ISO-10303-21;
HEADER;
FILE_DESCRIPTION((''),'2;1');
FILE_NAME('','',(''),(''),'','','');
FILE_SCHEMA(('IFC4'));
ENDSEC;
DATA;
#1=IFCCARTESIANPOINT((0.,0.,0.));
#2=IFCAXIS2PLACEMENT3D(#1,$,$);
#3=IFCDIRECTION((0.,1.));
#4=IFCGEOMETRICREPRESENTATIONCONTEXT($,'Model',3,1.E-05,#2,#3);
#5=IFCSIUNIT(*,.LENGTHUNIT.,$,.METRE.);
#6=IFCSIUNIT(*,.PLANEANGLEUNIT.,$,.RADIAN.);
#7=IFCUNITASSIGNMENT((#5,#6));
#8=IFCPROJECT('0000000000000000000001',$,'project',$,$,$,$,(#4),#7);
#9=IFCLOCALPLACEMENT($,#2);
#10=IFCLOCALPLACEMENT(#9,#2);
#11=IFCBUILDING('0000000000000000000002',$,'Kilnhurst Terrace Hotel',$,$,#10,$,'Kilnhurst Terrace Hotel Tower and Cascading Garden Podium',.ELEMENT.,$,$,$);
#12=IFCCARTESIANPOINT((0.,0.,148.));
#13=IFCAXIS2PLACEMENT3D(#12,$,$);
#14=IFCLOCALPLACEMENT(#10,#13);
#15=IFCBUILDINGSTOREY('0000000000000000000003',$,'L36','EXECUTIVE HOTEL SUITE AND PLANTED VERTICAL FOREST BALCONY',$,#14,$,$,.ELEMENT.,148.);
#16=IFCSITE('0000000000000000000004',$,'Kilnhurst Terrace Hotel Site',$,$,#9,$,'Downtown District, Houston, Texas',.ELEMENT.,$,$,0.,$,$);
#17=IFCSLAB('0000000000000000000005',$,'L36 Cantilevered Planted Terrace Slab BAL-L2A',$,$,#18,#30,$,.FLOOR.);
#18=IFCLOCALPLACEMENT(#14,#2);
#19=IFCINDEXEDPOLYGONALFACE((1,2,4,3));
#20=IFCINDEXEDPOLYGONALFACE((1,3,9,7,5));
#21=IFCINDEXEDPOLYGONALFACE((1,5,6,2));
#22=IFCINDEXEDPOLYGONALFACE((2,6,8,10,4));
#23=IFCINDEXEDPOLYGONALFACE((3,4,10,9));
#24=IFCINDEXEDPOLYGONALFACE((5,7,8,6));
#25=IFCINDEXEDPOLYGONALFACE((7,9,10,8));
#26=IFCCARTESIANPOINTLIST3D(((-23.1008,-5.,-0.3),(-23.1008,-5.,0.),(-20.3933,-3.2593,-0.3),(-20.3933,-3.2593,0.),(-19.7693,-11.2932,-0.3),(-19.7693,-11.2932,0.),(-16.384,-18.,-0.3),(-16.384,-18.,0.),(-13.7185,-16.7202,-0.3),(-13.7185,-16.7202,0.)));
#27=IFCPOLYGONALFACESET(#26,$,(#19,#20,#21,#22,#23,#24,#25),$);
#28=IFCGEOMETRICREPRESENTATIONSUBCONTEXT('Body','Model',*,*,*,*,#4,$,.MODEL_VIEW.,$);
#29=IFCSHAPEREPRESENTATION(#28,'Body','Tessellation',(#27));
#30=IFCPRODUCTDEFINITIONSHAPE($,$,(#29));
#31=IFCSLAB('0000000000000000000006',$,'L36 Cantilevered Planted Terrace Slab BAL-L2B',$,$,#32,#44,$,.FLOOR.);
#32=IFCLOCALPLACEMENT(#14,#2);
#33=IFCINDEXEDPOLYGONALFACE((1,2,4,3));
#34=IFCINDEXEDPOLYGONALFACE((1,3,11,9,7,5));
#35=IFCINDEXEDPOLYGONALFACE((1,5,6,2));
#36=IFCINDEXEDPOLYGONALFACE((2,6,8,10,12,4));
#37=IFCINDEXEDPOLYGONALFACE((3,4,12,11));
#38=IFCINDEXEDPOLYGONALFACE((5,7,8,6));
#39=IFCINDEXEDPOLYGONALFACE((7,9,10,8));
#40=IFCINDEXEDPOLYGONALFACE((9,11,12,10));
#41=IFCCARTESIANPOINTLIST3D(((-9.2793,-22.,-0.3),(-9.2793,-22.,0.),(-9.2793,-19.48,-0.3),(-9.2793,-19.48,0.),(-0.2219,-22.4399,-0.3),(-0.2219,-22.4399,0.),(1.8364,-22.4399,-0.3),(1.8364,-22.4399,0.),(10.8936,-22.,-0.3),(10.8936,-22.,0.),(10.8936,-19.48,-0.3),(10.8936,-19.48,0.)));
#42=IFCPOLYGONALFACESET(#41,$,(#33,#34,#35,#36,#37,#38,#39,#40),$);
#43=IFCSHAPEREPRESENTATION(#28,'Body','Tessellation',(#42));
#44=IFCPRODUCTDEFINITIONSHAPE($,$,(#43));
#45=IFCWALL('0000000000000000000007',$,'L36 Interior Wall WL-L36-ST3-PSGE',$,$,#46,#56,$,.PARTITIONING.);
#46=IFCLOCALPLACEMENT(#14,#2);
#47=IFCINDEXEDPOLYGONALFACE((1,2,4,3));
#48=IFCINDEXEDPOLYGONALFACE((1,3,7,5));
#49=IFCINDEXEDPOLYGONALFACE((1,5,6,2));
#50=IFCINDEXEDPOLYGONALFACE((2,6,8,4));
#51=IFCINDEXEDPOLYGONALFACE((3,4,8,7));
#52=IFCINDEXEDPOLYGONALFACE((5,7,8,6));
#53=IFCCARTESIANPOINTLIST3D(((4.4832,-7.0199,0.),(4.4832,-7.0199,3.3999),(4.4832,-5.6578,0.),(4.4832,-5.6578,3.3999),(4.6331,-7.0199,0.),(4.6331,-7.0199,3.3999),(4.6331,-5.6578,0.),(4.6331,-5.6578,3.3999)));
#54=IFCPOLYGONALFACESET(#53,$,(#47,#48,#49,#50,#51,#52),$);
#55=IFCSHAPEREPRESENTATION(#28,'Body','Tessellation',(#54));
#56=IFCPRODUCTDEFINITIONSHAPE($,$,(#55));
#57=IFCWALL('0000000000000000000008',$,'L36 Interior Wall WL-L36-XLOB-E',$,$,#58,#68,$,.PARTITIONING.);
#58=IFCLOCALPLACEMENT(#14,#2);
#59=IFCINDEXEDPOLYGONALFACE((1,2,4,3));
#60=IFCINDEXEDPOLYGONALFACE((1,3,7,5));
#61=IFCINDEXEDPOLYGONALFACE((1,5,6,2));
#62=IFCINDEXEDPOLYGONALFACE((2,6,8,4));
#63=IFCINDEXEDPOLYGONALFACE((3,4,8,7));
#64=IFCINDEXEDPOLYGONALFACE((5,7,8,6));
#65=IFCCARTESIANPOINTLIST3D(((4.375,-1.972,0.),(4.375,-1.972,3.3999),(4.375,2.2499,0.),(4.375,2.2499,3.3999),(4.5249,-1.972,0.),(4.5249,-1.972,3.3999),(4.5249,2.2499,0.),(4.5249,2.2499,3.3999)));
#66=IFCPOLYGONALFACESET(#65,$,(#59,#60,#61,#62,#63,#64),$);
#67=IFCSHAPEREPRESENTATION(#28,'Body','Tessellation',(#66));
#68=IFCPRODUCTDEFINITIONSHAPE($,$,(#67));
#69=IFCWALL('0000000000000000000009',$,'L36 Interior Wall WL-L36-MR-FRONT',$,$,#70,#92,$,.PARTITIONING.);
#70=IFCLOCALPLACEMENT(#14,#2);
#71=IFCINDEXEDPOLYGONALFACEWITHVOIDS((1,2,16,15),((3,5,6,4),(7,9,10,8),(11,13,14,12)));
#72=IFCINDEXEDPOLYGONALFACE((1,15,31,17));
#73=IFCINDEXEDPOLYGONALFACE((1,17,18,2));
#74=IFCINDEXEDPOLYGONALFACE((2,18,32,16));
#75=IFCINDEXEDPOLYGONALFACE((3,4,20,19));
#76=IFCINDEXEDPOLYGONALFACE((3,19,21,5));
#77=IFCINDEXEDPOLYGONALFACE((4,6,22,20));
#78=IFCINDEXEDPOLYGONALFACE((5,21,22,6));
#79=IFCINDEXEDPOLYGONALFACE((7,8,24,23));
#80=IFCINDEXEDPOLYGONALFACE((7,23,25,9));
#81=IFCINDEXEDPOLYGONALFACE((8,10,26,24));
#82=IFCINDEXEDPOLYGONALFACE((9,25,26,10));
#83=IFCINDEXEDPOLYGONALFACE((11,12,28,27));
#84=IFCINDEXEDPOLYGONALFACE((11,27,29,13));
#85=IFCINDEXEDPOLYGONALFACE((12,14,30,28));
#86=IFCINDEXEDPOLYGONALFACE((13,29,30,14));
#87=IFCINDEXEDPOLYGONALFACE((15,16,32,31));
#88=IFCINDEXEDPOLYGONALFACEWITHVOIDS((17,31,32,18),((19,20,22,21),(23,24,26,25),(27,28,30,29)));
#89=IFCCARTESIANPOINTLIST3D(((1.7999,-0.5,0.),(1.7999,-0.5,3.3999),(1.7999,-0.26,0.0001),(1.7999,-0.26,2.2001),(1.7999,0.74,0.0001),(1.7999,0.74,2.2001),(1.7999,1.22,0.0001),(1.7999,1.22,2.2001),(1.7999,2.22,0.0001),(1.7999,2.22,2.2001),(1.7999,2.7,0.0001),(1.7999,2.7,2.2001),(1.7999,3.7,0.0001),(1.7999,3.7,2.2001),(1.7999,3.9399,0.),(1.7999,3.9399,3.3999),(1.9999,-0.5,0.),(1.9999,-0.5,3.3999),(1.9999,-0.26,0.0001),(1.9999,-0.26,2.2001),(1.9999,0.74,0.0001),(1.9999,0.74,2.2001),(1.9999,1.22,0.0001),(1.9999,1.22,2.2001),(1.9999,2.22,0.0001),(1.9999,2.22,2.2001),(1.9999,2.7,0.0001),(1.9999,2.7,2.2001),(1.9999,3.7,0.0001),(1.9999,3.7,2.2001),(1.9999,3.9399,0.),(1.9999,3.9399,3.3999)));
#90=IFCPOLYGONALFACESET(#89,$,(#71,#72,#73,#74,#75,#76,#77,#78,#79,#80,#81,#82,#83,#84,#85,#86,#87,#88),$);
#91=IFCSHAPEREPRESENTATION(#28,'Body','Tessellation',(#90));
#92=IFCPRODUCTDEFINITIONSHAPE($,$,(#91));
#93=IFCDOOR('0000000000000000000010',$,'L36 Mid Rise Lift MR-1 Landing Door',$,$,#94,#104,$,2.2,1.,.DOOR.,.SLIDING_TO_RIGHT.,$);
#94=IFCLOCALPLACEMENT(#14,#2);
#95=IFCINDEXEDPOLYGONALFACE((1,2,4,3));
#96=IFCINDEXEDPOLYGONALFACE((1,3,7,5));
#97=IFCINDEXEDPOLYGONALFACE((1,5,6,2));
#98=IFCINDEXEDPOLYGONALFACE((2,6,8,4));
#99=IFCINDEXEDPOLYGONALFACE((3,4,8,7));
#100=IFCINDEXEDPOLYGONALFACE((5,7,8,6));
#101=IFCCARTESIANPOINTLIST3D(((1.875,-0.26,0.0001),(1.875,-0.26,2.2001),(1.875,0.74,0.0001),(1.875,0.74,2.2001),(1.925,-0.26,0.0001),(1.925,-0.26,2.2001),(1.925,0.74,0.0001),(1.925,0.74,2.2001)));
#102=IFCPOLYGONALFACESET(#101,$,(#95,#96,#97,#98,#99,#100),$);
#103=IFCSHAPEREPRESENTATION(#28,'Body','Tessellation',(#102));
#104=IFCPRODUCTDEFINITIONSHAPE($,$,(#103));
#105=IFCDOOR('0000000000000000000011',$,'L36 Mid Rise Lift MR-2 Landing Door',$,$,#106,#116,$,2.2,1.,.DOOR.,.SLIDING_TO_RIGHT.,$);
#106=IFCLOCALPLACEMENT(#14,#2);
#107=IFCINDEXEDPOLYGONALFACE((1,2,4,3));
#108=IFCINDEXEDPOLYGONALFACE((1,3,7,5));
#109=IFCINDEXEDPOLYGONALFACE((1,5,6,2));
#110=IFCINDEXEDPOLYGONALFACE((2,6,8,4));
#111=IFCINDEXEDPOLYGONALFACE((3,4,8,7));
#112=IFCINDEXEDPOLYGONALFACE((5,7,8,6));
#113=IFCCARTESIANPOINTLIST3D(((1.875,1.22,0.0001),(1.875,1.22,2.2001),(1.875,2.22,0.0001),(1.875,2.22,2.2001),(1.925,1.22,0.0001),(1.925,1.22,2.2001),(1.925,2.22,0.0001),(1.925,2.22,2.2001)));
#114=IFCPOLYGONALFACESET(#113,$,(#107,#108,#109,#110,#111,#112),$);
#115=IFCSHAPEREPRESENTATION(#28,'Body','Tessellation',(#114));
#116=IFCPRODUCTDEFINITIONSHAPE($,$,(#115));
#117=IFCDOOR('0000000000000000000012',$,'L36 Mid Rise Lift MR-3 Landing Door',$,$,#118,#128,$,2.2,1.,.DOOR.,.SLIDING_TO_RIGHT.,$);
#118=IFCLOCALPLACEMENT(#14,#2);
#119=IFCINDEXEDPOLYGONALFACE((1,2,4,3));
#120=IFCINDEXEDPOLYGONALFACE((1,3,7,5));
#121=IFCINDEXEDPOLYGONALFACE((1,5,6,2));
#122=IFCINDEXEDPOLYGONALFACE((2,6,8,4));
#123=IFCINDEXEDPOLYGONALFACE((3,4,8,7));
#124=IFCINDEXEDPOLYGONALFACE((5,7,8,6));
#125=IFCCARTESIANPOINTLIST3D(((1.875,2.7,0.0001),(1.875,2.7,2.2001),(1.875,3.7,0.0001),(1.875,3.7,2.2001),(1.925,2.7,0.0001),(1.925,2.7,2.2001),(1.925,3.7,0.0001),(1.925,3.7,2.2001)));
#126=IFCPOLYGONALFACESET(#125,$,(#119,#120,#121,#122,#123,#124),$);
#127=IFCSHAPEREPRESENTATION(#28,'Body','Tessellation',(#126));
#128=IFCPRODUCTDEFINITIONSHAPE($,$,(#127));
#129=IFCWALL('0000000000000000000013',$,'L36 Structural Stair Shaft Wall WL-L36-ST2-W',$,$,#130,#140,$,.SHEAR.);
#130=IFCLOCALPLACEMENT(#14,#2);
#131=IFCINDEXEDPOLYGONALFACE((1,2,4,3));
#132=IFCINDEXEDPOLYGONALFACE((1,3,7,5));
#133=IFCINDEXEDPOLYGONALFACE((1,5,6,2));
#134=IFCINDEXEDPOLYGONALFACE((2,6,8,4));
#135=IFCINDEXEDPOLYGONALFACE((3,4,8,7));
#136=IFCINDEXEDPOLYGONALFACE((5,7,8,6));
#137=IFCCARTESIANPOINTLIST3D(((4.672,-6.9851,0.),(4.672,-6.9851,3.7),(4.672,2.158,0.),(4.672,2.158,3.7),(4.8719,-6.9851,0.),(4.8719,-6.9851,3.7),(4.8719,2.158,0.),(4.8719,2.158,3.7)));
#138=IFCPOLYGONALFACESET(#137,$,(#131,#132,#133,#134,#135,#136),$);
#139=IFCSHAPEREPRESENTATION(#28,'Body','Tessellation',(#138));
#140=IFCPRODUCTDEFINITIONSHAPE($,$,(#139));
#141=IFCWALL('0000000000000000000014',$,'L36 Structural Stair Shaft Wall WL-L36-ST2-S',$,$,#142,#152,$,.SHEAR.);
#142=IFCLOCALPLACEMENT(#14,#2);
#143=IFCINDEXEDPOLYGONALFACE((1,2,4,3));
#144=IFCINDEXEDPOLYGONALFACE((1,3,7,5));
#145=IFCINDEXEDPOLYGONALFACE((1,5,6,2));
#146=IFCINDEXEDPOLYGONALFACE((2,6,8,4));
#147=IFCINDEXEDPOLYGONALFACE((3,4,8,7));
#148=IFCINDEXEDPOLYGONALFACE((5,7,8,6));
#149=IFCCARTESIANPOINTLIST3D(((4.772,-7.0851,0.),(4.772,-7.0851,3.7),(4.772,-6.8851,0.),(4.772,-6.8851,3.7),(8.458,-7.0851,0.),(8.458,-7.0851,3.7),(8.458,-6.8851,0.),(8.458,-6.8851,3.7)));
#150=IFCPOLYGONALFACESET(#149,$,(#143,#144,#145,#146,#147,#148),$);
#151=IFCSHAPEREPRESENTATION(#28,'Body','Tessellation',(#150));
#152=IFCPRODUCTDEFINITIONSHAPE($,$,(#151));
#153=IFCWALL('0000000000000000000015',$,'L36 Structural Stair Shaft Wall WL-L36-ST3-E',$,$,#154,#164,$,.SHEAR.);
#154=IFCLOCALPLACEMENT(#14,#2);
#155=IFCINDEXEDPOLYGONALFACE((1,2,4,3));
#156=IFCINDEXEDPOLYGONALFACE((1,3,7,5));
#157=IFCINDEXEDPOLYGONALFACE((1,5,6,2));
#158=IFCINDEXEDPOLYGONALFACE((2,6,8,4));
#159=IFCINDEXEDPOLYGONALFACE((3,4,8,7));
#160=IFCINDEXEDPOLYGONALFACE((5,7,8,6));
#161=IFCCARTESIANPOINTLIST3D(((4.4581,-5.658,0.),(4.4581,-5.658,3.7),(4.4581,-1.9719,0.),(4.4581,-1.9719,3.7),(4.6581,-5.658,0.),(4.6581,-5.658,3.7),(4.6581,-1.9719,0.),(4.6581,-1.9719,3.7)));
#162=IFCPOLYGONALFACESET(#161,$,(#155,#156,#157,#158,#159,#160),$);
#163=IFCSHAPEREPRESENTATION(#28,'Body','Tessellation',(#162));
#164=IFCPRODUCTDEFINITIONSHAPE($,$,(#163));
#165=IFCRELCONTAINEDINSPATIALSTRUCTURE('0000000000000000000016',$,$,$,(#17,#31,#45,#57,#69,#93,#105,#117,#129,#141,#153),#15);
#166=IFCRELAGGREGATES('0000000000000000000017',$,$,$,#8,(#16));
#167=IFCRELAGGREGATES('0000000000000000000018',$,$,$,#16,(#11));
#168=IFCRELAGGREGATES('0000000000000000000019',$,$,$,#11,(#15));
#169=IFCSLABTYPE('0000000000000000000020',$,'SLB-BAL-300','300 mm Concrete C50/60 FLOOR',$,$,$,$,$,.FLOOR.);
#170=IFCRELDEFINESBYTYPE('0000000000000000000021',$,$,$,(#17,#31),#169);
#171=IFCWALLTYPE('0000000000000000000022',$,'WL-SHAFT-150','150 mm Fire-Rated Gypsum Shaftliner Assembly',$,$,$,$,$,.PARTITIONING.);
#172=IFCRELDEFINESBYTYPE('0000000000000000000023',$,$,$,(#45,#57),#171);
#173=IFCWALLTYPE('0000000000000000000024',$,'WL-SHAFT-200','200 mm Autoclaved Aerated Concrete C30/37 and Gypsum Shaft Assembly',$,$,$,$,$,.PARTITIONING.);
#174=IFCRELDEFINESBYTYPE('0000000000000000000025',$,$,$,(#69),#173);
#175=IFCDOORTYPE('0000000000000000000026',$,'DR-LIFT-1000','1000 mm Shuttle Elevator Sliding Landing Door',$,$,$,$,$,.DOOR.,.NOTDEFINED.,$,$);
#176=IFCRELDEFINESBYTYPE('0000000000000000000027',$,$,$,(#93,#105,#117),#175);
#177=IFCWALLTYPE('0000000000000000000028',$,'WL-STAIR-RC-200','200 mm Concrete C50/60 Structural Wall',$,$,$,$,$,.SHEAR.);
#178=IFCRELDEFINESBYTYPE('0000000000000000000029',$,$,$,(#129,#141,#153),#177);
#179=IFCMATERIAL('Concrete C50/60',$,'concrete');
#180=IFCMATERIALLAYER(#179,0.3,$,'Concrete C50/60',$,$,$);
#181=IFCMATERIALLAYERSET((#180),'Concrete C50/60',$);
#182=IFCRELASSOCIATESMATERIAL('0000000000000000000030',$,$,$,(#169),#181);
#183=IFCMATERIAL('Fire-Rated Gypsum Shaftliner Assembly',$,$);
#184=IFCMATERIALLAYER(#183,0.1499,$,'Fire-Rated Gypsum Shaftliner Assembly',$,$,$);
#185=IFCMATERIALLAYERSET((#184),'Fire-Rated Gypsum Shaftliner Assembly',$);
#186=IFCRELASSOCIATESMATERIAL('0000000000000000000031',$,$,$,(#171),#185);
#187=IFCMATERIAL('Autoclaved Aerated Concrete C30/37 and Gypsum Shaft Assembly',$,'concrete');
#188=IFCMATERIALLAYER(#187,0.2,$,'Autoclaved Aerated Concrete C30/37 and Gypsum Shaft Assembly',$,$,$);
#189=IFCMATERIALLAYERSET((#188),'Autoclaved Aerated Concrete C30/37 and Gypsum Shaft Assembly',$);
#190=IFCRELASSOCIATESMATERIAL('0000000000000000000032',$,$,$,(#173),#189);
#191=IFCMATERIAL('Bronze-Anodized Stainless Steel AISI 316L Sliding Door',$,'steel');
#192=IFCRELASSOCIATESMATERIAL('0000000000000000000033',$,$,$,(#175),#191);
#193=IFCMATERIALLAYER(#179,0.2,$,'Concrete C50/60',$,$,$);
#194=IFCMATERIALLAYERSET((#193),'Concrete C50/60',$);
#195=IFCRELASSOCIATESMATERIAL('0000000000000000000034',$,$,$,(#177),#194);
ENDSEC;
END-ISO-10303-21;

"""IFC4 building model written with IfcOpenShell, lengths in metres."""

from ifc_helpers import new_model, si_unit, direction, frame, frame_2d, origin, place, context, subcontext, project, spatial, polyline, rectangle, outline, extrude, material, layer, layer_set, type_object, element, fill, save


model = new_model("IFC4")

# Units and contexts
model_context = context("Model", 3, precision=1e-05, world=origin(), true_north=direction((0.0, 1.0)))
body_context = subcontext(model_context, "Body", "Model", "MODEL_VIEW")
ifc_project = project(units=[si_unit("LENGTHUNIT", "METRE"), si_unit("PLANEANGLEUNIT", "RADIAN")], contexts=[model_context])

# Site, building, storey
site_placement = place(None, origin())
site = spatial("IfcSite", under=ifc_project, at=site_placement, Name="Kilnhurst Terrace Hotel Site", LongName="Downtown District, Houston, Texas", CompositionType="ELEMENT", RefElevation=0.0)
building_placement = place(site_placement, origin())
building = spatial("IfcBuilding", under=site, at=building_placement, Name="Kilnhurst Terrace Hotel", LongName="Kilnhurst Terrace Hotel Tower and Cascading Garden Podium", CompositionType="ELEMENT")
storey_placement = place(building_placement, frame((0.0, 0.0, 148.0)))
storey = spatial("IfcBuildingStorey", under=building, at=storey_placement, Name="L36", Description="EXECUTIVE HOTEL SUITE AND PLANTED VERTICAL FOREST BALCONY", CompositionType="ELEMENT", Elevation=148.0)

# Slabs
ifc_material_1 = material(Name="Concrete C50/60", Category="concrete")
ifc_layer_1 = layer(ifc_material_1, 0.3, Name="Concrete C50/60")
ifc_layer_set_1 = layer_set([ifc_layer_1], Name="Concrete C50/60")
slab_type = type_object("IfcSlabType", Name="SLB-BAL-300", Description="300 mm Concrete C50/60 FLOOR", PredefinedType="FLOOR", material=ifc_layer_set_1)
slab_1_placement = place(storey_placement, frame((0.0, 0.0, -0.3)))
element("IfcSlab", 1, at=slab_1_placement, inside=storey, type_object=slab_type, Name="L36 Cantilevered Planted Terrace Slab BAL-L2A", PredefinedType="FLOOR", context=body_context, shape_type="SweptSolid", body=[
    extrude(outline(polyline([(-23.1008, -5.0), (-20.3933, -3.2593), (-13.7185, -16.7202), (-16.384, -18.0), (-19.7693, -11.2932), (-23.1008, -5.0)])), origin(), (0.0, 0.0, 1.0), 0.3),
])
slab_2_placement = place(storey_placement, frame((0.0, 0.0, -0.3)))
element("IfcSlab", 2, at=slab_2_placement, inside=storey, type_object=slab_type, Name="L36 Cantilevered Planted Terrace Slab BAL-L2B", PredefinedType="FLOOR", context=body_context, shape_type="SweptSolid", body=[
    extrude(outline(polyline([(-0.2219, -22.4399), (-9.2793, -22.0), (-9.2793, -19.48), (10.8936, -19.48), (10.8936, -22.0), (1.8364, -22.4399), (-0.2219, -22.4399)])), origin(), (0.0, 0.0, 1.0), 0.3),
])

# Walls
ifc_material_2 = material(Name="Fire-Rated Gypsum Shaftliner Assembly")
ifc_layer_2 = layer(ifc_material_2, 0.1499, Name="Fire-Rated Gypsum Shaftliner Assembly")
ifc_layer_set_2 = layer_set([ifc_layer_2], Name="Fire-Rated Gypsum Shaftliner Assembly")
wall_type_1 = type_object("IfcWallType", Name="WL-SHAFT-150", Description="150 mm Fire-Rated Gypsum Shaftliner Assembly", PredefinedType="PARTITIONING", material=ifc_layer_set_2)
wall_1_placement = place(storey_placement, frame((4.5581, -7.02, 0.0), z_axis=(0.0, 0.0, 1.0), x_axis=(0.0, 1.0, 0.0)))
element("IfcWall", 3, at=wall_1_placement, inside=storey, type_object=wall_type_1, Name="L36 Interior Wall WL-L36-ST3-PSGE", PredefinedType="PARTITIONING", context=body_context, shape_type="SweptSolid", body=[
    extrude(rectangle(XDim=1.3621, YDim=0.1499, at=frame_2d((0.6812, 0.0))), origin(), (0.0, 0.0, 1.0), 3.3999),
])
wall_2_placement = place(storey_placement, frame((4.45, -1.9719, 0.0), z_axis=(0.0, 0.0, 1.0), x_axis=(0.0, 1.0, 0.0)))
element("IfcWall", 4, at=wall_2_placement, inside=storey, type_object=wall_type_1, Name="L36 Interior Wall WL-L36-XLOB-E", PredefinedType="PARTITIONING", context=body_context, shape_type="SweptSolid", body=[
    extrude(rectangle(XDim=4.2219, YDim=0.1499, at=frame_2d((2.1108, 0.0))), origin(), (0.0, 0.0, 1.0), 3.3999),
])

# Wall, openings, doors
ifc_material_3 = material(Name="Autoclaved Aerated Concrete C30/37 and Gypsum Shaft Assembly", Category="concrete")
ifc_layer_3 = layer(ifc_material_3, 0.2, Name="Autoclaved Aerated Concrete C30/37 and Gypsum Shaft Assembly")
ifc_layer_set_3 = layer_set([ifc_layer_3], Name="Autoclaved Aerated Concrete C30/37 and Gypsum Shaft Assembly")
wall_type_2 = type_object("IfcWallType", Name="WL-SHAFT-200", Description="200 mm Autoclaved Aerated Concrete C30/37 and Gypsum Shaft Assembly", PredefinedType="PARTITIONING", material=ifc_layer_set_3)
wall_3_placement = place(storey_placement, frame((1.8999, -0.5, 0.0), z_axis=(0.0, 0.0, 1.0), x_axis=(0.0, 1.0, 0.0)))
wall_3 = element("IfcWall", 5, at=wall_3_placement, inside=storey, type_object=wall_type_2, Name="L36 Interior Wall WL-L36-MR-FRONT", PredefinedType="PARTITIONING", context=body_context, shape_type="SweptSolid", body=[
    extrude(rectangle(XDim=4.4399, YDim=0.2, at=frame_2d((2.22, 0.0))), origin(), (0.0, 0.0, 1.0), 3.3999),
])
opening_1_placement = place(wall_3_placement, frame((0.24, 0.0, 0.0)))
opening_1 = element("IfcOpeningElement", 6, at=opening_1_placement, cuts=wall_3, PredefinedType="OPENING", context=body_context, shape_type="SweptSolid", body=[
    extrude(rectangle(XDim=1.0, YDim=2.2, at=frame_2d((0.5, 1.1001))), frame((0.0, 0.1099, 0.0), z_axis=(0.0, -1.0, 0.0), x_axis=(1.0, 0.0, 0.0)), (0.0, 0.0, 1.0), 0.22),
])
opening_2_placement = place(wall_3_placement, frame((1.72, 0.0, 0.0)))
opening_2 = element("IfcOpeningElement", 7, at=opening_2_placement, cuts=wall_3, PredefinedType="OPENING", context=body_context, shape_type="SweptSolid", body=[
    extrude(rectangle(XDim=1.0, YDim=2.2, at=frame_2d((0.5, 1.1001))), frame((0.0, 0.1099, 0.0), z_axis=(0.0, -1.0, 0.0), x_axis=(1.0, 0.0, 0.0)), (0.0, 0.0, 1.0), 0.22),
])
opening_3_placement = place(wall_3_placement, frame((3.2, 0.0, 0.0)))
opening_3 = element("IfcOpeningElement", 8, at=opening_3_placement, cuts=wall_3, PredefinedType="OPENING", context=body_context, shape_type="SweptSolid", body=[
    extrude(rectangle(XDim=1.0, YDim=2.2, at=frame_2d((0.5, 1.1001))), frame((0.0, 0.1099, 0.0), z_axis=(0.0, -1.0, 0.0), x_axis=(1.0, 0.0, 0.0)), (0.0, 0.0, 1.0), 0.22),
])
ifc_material_4 = material(Name="Bronze-Anodized Stainless Steel AISI 316L Sliding Door", Category="steel")
door_type = type_object("IfcDoorType", Name="DR-LIFT-1000", Description="1000 mm Shuttle Elevator Sliding Landing Door", OperationType="NOTDEFINED", PredefinedType="DOOR", material=ifc_material_4)
door_1_placement = place(opening_1_placement, origin())
door_1 = element("IfcDoor", 9, at=door_1_placement, inside=storey, type_object=door_type, Name="L36 Mid Rise Lift MR-1 Landing Door", OperationType="SLIDING_TO_RIGHT", OverallHeight=2.2, OverallWidth=1.0, PredefinedType="DOOR", context=body_context, shape_type="SweptSolid", body=[
    extrude(rectangle(XDim=1.0, YDim=2.2, at=frame_2d((0.5, 1.1001))), frame((0.0, 0.0249, 0.0), z_axis=(0.0, -1.0, 0.0), x_axis=(1.0, 0.0, 0.0)), (0.0, 0.0, 1.0), 0.05),
])
fill(opening_1, door_1)
door_2_placement = place(opening_2_placement, origin())
door_2 = element("IfcDoor", 10, at=door_2_placement, inside=storey, type_object=door_type, Name="L36 Mid Rise Lift MR-2 Landing Door", OperationType="SLIDING_TO_RIGHT", OverallHeight=2.2, OverallWidth=1.0, PredefinedType="DOOR", context=body_context, shape_type="SweptSolid", body=[
    extrude(rectangle(XDim=1.0, YDim=2.2, at=frame_2d((0.5, 1.1001))), frame((0.0, 0.0249, 0.0), z_axis=(0.0, -1.0, 0.0), x_axis=(1.0, 0.0, 0.0)), (0.0, 0.0, 1.0), 0.05),
])
fill(opening_2, door_2)
door_3_placement = place(opening_3_placement, origin())
door_3 = element("IfcDoor", 11, at=door_3_placement, inside=storey, type_object=door_type, Name="L36 Mid Rise Lift MR-3 Landing Door", OperationType="SLIDING_TO_RIGHT", OverallHeight=2.2, OverallWidth=1.0, PredefinedType="DOOR", context=body_context, shape_type="SweptSolid", body=[
    extrude(rectangle(XDim=1.0, YDim=2.2, at=frame_2d((0.5, 1.1001))), frame((0.0, 0.0249, 0.0), z_axis=(0.0, -1.0, 0.0), x_axis=(1.0, 0.0, 0.0)), (0.0, 0.0, 1.0), 0.05),
])
fill(opening_3, door_3)

# Walls
ifc_layer_4 = layer(ifc_material_1, 0.2, Name="Concrete C50/60")
ifc_layer_set_4 = layer_set([ifc_layer_4], Name="Concrete C50/60")
wall_type_3 = type_object("IfcWallType", Name="WL-STAIR-RC-200", Description="200 mm Concrete C50/60 Structural Wall", PredefinedType="SHEAR", material=ifc_layer_set_4)
wall_4_placement = place(storey_placement, frame((4.772, -6.9851, 0.0), z_axis=(0.0, 0.0, 1.0), x_axis=(0.0, 1.0, 0.0)))
element("IfcWall", 12, at=wall_4_placement, inside=storey, type_object=wall_type_3, Name="L36 Structural Stair Shaft Wall WL-L36-ST2-W", PredefinedType="SHEAR", context=body_context, shape_type="SweptSolid", body=[
    extrude(rectangle(XDim=9.1431, YDim=0.2, at=frame_2d((4.5715, 0.0))), origin(), (0.0, 0.0, 1.0), 3.7),
])
for number, where, z_axis, x_axis, name in (
    (13, (4.772, -6.9851, 0.0), (0.0, 0.0, 1.0), (1.0, 0.0, 0.0), "L36 Structural Stair Shaft Wall WL-L36-ST2-S"),
    (14, (4.5581, -5.658, 0.0), (0.0, 0.0, 1.0), (0.0, 1.0, 0.0), "L36 Structural Stair Shaft Wall WL-L36-ST3-E"),
):
    element("IfcWall", number, at=place(storey_placement, frame(where, z_axis=z_axis, x_axis=x_axis)), inside=storey, type_object=wall_type_3, Name=name, PredefinedType="SHEAR", context=body_context, shape_type="SweptSolid", body=[
        extrude(rectangle(XDim=3.686, YDim=0.2, at=frame_2d((1.843, 0.0))), origin(), (0.0, 0.0, 1.0), 3.7),
    ])

save(model, "model.ifc")
